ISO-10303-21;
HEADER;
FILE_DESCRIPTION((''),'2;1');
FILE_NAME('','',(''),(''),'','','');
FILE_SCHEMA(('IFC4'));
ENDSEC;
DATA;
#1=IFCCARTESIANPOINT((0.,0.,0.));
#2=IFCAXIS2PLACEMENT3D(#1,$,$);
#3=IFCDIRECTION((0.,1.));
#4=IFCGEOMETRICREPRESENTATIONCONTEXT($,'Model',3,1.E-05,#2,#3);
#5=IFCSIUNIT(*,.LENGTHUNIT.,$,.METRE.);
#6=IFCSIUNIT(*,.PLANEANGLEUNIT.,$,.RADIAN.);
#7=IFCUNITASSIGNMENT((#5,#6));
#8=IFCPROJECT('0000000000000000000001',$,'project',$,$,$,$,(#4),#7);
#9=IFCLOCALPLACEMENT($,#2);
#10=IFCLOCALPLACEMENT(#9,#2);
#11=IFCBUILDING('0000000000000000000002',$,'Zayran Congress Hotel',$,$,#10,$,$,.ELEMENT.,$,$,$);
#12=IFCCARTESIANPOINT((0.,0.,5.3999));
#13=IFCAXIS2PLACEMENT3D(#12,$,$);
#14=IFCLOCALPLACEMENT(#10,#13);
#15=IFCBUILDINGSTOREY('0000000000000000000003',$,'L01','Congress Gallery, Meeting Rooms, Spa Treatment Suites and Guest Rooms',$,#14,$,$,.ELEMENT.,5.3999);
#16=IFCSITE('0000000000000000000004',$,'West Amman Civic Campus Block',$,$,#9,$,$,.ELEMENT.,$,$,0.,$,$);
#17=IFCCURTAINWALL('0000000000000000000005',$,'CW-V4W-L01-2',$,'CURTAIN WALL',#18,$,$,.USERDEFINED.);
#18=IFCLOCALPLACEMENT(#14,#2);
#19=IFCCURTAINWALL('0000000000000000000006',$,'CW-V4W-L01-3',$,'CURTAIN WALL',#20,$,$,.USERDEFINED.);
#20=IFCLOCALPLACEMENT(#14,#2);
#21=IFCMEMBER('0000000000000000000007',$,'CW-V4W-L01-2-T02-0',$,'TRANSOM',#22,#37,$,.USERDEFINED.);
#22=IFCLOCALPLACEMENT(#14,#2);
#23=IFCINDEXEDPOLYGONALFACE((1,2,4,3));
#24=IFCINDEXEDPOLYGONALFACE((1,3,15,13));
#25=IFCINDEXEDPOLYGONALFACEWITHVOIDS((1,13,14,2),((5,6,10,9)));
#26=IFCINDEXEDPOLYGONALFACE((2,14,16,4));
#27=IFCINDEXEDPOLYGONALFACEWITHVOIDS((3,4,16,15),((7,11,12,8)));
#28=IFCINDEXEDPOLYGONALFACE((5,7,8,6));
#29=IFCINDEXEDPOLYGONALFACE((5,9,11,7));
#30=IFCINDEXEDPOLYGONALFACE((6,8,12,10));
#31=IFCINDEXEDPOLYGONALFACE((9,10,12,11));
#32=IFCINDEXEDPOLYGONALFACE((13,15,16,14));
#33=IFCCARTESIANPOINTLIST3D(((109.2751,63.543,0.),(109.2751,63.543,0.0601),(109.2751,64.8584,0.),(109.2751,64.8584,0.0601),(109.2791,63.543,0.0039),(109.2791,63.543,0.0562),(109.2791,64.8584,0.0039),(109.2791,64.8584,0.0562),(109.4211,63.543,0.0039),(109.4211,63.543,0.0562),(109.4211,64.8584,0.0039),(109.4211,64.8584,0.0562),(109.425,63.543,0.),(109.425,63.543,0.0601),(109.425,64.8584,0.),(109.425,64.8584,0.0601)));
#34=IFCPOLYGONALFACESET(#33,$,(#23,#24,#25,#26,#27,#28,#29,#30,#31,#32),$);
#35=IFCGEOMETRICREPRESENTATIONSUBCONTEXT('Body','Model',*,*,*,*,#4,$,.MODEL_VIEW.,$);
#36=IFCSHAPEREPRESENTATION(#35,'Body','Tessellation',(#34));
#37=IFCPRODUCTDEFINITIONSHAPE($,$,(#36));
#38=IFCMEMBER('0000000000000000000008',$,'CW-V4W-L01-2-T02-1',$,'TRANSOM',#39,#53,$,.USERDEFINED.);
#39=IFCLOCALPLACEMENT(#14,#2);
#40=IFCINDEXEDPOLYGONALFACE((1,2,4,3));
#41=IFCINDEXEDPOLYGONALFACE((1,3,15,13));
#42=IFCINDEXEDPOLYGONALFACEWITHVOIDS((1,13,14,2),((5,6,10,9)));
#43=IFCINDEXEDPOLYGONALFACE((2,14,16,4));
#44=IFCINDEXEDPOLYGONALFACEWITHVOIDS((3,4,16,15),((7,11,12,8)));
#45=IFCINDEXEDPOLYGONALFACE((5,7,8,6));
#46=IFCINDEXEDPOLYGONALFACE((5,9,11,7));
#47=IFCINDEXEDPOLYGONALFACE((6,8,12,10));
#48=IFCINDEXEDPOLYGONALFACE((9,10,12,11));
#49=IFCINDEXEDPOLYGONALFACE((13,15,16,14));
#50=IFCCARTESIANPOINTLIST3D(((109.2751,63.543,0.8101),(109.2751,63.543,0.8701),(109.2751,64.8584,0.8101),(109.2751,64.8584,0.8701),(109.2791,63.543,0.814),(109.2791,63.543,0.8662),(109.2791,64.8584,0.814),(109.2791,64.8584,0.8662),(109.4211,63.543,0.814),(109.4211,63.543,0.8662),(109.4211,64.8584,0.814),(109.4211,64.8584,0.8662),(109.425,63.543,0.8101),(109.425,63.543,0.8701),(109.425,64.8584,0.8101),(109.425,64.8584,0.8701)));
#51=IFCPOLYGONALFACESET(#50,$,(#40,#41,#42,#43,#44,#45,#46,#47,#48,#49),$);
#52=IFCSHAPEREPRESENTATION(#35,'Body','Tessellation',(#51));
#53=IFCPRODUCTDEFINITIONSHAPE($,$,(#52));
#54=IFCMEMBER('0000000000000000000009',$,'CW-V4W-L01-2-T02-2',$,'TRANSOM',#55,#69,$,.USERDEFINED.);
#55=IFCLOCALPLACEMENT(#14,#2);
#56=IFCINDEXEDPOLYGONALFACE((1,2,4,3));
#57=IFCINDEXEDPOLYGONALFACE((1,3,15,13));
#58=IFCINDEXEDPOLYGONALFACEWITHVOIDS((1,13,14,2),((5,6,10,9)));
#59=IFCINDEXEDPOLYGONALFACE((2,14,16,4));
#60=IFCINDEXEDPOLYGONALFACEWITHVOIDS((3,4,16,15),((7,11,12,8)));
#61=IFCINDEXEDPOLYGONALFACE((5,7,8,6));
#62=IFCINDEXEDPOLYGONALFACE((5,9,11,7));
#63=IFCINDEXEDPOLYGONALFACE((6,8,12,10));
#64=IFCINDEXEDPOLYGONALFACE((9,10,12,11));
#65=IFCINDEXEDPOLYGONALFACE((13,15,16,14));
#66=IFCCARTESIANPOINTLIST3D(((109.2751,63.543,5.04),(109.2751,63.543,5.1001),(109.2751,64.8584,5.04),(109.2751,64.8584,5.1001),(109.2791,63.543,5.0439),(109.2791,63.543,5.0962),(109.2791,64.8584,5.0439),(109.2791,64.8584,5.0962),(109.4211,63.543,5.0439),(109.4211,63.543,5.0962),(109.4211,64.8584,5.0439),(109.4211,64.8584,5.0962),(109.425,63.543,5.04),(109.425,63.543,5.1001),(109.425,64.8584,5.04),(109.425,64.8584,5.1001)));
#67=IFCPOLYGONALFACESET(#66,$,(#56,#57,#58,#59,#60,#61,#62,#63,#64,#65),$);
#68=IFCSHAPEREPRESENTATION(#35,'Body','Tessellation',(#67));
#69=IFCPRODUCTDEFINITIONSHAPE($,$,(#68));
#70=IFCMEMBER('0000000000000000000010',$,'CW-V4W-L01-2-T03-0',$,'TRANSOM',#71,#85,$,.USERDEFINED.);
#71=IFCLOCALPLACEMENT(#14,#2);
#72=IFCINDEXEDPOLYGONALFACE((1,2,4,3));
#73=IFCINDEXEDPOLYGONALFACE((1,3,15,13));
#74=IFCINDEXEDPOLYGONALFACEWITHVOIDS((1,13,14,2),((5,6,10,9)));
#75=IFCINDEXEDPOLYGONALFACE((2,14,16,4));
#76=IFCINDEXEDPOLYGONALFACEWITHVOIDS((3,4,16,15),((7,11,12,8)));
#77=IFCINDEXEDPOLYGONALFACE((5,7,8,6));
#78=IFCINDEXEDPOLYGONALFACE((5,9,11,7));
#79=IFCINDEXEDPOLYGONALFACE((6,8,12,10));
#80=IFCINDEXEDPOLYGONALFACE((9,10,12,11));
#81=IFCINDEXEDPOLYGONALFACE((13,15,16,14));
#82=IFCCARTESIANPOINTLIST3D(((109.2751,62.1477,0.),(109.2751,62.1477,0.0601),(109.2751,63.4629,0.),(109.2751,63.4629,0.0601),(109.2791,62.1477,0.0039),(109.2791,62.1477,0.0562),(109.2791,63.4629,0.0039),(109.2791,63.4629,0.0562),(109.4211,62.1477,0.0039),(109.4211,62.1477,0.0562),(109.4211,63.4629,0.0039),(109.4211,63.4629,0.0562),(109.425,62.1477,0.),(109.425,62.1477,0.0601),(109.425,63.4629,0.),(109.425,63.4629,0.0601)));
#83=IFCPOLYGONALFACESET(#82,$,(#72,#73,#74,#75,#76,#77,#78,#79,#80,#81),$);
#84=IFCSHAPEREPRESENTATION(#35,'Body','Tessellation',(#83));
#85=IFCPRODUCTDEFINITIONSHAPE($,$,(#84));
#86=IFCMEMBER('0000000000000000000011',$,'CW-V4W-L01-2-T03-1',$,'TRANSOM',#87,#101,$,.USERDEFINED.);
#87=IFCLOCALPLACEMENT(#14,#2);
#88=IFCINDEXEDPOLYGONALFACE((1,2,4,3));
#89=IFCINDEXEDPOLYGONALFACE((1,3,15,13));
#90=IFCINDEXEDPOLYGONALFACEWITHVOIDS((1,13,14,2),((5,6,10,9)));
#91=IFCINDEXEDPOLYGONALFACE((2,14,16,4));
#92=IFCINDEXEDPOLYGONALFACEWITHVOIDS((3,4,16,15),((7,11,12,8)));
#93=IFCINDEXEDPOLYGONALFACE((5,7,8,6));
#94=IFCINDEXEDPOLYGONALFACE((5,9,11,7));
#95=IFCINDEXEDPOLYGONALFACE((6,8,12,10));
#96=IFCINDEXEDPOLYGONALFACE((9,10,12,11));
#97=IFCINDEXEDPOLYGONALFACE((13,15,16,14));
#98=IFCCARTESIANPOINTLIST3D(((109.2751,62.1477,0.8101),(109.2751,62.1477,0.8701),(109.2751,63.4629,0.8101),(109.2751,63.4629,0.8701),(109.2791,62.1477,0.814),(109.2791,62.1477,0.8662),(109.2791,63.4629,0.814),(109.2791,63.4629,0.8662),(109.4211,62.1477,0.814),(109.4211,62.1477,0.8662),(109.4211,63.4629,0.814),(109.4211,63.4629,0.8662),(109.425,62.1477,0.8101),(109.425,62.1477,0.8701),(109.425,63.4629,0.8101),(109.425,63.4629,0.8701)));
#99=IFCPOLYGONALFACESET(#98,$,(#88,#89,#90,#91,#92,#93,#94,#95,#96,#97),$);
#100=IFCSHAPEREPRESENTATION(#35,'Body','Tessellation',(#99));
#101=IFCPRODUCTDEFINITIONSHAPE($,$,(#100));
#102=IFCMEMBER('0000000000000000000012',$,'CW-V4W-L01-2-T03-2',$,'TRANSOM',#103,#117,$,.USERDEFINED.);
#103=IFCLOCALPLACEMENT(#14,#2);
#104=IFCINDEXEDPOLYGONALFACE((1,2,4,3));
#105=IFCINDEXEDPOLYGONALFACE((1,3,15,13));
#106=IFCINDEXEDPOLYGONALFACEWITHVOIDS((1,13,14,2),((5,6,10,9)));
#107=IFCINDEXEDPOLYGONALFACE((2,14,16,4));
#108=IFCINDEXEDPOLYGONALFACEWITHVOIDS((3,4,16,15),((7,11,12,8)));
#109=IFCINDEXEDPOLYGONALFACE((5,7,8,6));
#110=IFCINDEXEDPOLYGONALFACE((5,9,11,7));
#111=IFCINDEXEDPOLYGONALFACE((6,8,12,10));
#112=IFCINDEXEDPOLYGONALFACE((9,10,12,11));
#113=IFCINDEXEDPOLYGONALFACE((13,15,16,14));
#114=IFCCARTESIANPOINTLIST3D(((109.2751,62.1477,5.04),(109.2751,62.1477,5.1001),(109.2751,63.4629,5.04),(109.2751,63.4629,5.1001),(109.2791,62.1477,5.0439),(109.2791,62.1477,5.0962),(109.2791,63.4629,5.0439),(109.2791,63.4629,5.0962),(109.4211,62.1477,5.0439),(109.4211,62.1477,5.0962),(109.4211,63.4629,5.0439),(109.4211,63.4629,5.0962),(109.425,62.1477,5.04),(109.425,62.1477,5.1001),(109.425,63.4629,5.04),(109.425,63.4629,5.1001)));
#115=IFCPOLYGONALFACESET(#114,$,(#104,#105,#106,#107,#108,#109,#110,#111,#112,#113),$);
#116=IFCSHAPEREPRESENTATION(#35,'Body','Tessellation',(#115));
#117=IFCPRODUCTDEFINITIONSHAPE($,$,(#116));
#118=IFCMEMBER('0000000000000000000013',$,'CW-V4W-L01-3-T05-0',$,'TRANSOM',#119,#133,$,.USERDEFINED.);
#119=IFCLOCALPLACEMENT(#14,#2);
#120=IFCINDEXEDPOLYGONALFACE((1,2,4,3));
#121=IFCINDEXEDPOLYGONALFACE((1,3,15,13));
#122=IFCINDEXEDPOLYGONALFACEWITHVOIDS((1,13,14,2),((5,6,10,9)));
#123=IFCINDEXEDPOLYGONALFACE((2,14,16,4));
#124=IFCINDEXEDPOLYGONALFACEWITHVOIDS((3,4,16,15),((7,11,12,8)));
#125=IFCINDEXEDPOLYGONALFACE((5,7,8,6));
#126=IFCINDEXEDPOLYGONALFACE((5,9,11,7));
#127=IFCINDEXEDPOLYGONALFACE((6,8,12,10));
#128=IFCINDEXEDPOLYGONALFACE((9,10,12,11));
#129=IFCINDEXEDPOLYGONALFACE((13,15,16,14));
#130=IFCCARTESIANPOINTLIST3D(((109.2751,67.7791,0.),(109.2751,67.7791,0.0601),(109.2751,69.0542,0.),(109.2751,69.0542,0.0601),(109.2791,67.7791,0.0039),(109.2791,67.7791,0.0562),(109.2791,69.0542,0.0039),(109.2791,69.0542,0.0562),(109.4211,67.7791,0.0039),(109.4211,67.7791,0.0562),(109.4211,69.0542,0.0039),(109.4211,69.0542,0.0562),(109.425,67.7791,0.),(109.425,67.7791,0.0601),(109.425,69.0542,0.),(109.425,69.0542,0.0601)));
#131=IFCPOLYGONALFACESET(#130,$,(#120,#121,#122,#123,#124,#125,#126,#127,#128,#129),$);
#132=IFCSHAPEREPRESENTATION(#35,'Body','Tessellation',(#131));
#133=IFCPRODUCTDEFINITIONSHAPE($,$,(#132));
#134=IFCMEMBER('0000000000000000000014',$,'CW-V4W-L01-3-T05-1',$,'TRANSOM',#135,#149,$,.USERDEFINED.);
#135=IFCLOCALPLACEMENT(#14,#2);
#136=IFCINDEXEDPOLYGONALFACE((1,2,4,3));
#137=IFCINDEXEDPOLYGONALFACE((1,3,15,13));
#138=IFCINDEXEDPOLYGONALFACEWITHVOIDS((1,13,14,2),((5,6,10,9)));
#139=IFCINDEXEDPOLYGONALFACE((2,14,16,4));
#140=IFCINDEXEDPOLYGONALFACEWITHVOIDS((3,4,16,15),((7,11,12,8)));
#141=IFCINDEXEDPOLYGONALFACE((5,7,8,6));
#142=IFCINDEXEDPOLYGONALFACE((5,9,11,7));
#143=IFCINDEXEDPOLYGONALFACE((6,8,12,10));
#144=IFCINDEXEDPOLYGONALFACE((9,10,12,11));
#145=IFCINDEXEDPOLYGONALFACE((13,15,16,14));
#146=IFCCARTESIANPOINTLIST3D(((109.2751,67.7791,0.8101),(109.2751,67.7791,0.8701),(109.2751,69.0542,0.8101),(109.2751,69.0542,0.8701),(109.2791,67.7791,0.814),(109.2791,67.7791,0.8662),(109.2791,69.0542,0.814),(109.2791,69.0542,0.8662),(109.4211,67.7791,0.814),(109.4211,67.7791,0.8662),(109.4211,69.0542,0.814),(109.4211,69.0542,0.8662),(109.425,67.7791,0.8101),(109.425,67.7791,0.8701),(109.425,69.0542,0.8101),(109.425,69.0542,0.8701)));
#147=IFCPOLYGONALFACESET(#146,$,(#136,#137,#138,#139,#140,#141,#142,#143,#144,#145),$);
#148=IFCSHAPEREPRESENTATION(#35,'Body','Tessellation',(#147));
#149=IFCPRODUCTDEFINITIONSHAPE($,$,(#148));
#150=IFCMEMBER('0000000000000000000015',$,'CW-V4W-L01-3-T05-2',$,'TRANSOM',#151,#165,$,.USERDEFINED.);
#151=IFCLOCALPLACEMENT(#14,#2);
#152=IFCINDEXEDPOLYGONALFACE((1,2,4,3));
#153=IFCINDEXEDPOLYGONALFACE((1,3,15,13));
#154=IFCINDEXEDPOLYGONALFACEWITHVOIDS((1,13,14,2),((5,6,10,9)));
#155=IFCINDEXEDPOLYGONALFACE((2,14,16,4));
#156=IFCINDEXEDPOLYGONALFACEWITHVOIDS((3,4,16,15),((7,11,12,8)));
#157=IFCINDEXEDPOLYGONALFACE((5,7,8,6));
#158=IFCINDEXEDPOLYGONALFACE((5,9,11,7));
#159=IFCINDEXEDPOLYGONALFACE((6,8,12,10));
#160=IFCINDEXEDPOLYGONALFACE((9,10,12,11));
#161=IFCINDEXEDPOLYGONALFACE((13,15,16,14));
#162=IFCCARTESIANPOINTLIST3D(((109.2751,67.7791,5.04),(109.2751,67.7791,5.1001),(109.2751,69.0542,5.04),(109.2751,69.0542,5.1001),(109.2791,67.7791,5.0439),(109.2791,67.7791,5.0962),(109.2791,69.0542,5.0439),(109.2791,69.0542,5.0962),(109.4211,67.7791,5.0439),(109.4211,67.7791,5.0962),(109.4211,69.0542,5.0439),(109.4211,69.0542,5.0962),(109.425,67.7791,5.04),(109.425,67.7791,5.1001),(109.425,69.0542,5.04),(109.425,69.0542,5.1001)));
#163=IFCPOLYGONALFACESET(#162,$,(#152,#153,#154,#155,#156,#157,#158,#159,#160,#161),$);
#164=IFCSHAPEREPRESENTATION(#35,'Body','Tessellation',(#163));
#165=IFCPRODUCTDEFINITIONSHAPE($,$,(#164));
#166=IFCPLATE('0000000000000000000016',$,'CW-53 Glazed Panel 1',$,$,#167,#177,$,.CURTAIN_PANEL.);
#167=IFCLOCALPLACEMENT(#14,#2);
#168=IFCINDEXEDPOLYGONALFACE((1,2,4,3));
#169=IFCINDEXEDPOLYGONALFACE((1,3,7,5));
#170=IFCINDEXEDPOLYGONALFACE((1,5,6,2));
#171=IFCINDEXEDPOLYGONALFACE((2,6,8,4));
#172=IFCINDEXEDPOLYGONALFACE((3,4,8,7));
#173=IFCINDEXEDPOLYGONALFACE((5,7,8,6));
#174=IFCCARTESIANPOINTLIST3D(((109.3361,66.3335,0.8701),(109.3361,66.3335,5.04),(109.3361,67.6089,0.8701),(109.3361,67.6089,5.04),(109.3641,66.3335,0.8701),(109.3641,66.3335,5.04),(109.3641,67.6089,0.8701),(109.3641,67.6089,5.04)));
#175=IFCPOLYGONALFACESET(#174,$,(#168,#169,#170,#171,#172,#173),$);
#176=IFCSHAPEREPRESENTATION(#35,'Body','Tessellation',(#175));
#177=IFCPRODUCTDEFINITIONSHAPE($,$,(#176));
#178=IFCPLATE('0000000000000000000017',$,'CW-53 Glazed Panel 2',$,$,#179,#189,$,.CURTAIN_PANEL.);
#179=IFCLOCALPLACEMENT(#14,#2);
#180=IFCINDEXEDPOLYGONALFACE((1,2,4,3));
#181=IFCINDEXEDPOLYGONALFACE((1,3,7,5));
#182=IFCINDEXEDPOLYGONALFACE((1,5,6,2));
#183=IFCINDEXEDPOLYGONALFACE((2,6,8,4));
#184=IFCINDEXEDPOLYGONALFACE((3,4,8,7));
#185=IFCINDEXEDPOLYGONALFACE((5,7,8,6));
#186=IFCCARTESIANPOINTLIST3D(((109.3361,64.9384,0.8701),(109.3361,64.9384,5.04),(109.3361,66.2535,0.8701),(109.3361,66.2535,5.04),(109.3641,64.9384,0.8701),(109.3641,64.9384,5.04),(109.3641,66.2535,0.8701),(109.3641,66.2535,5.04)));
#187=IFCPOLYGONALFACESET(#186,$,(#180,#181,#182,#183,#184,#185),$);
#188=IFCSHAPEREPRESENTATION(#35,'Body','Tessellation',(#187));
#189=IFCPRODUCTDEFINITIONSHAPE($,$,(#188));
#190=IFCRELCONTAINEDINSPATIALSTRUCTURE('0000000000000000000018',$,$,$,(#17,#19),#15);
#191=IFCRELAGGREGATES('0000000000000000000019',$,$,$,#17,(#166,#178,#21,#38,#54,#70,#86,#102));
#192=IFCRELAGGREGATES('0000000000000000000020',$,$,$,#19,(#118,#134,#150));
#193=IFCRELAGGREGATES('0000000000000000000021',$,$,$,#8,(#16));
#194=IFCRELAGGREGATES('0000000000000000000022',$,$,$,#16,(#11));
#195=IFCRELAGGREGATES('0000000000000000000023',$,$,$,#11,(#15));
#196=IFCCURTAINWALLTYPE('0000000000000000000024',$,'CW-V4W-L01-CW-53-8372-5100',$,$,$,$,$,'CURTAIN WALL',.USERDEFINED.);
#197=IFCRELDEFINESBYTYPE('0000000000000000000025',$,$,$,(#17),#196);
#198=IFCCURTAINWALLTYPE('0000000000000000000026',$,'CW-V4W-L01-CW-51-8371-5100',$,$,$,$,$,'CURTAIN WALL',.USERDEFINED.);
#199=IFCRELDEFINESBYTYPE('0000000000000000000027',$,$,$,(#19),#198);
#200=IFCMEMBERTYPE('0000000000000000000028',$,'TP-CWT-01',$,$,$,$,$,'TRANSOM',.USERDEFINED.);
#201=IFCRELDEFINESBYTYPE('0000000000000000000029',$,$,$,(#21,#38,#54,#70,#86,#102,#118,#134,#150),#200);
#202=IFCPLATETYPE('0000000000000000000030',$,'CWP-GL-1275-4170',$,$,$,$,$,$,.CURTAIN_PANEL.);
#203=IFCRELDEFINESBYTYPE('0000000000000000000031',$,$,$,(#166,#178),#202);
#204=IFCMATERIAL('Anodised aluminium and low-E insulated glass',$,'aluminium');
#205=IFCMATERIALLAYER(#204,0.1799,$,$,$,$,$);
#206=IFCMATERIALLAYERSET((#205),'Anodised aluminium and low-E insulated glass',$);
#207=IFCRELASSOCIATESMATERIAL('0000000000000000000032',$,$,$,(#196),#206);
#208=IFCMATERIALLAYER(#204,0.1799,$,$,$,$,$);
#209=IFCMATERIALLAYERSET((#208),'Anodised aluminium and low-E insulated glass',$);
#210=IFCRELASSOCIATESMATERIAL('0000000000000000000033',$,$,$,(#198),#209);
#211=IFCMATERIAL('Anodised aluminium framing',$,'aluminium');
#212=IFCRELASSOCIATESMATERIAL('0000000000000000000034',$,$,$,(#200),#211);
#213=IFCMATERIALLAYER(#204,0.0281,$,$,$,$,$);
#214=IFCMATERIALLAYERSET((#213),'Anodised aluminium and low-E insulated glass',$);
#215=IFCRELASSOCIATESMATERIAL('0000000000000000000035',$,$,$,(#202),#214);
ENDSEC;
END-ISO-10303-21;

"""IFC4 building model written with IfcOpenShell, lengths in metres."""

from ifc_helpers import new_model, si_unit, direction, frame, origin, origin_2d, place, context, subcontext, project, spatial, rectangle, hollow_rectangle, extrude, material, layer, layer_set, material_profile, profile_set, type_object, element, aggregate, save


model = new_model("IFC4")

# Units and contexts
model_context = context("Model", 3, precision=1e-05, world=origin(), true_north=direction((0.0, 1.0)))
body_context = subcontext(model_context, "Body", "Model", "MODEL_VIEW")
ifc_project = project(units=[si_unit("LENGTHUNIT", "METRE"), si_unit("PLANEANGLEUNIT", "RADIAN")], contexts=[model_context])

# Site, building, storey
site_placement = place(None, origin())
site = spatial("IfcSite", under=ifc_project, at=site_placement, Name="West Amman Civic Campus Block", CompositionType="ELEMENT", RefElevation=0.0)
building_placement = place(site_placement, origin())
building = spatial("IfcBuilding", under=site, at=building_placement, Name="Zayran Congress Hotel", CompositionType="ELEMENT")
storey_placement = place(building_placement, frame((0.0, 0.0, 5.3999)))
storey = spatial("IfcBuildingStorey", under=building, at=storey_placement, Name="L01", Description="Congress Gallery, Meeting Rooms, Spa Treatment Suites and Guest Rooms", CompositionType="ELEMENT", Elevation=5.3999)

# Curtain wall
ifc_material_1 = material(Name="Anodised aluminium and low-E insulated glass", Category="aluminium")
ifc_layer_1 = layer(ifc_material_1, 0.1799)
ifc_layer_set_1 = layer_set([ifc_layer_1], Name="Anodised aluminium and low-E insulated glass")
curtain_wall_type_1 = type_object("IfcCurtainWallType", Name="CW-V4W-L01-CW-53-8372-5100", ElementType="CURTAIN WALL", PredefinedType="USERDEFINED", material=ifc_layer_set_1)
curtain_wall_1_placement = place(storey_placement, origin())
curtain_wall_1 = element("IfcCurtainWall", 1, at=curtain_wall_1_placement, inside=storey, type_object=curtain_wall_type_1, Name="CW-V4W-L01-2", ObjectType="CURTAIN WALL", PredefinedType="USERDEFINED")
ifc_material_2 = material(Name="Anodised aluminium framing", Category="aluminium")

# Curtain wall
ifc_layer_2 = layer(ifc_material_1, 0.1799)
ifc_layer_set_2 = layer_set([ifc_layer_2], Name="Anodised aluminium and low-E insulated glass")
curtain_wall_type_2 = type_object("IfcCurtainWallType", Name="CW-V4W-L01-CW-51-8371-5100", ElementType="CURTAIN WALL", PredefinedType="USERDEFINED", material=ifc_layer_set_2)
curtain_wall_2_placement = place(storey_placement, origin())
curtain_wall_2 = element("IfcCurtainWall", 2, at=curtain_wall_2_placement, inside=storey, type_object=curtain_wall_type_2, Name="CW-V4W-L01-3", ObjectType="CURTAIN WALL", PredefinedType="USERDEFINED")

# Members
ifc_material_profile_1 = material_profile(ifc_material_2, hollow_rectangle(XDim=0.0601, YDim=0.1499, WallThickness=0.0039, at=origin_2d()), Name="RHS 150x60x4")
ifc_profile_set_1 = profile_set([ifc_material_profile_1], Name="Anodised aluminium framing")
member_type_1 = type_object("IfcMemberType", Name="TP-CWT-01", ElementType="TRANSOM", PredefinedType="USERDEFINED", material=ifc_profile_set_1)
member_1_placement = place(storey_placement, frame((109.3501, 64.8584, 0.03), z_axis=(0.0, -1.0, 0.0), x_axis=(0.0, 0.0, 1.0)))
member_1 = element("IfcMember", 3, at=member_1_placement, type_object=member_type_1, Name="CW-V4W-L01-2-T02-0", ObjectType="TRANSOM", PredefinedType="USERDEFINED", context=body_context, shape_type="SweptSolid", body=[
    extrude(hollow_rectangle(XDim=0.0601, YDim=0.1499, WallThickness=0.0039, at=origin_2d()), origin(), (0.0, 0.0, 1.0), 1.3154),
])
member_2_placement = place(storey_placement, frame((109.3501, 64.8584, 0.8401), z_axis=(0.0, -1.0, 0.0), x_axis=(0.0, 0.0, 1.0)))
member_2 = element("IfcMember", 4, at=member_2_placement, type_object=member_type_1, Name="CW-V4W-L01-2-T02-1", ObjectType="TRANSOM", PredefinedType="USERDEFINED", context=body_context, shape_type="SweptSolid", body=[
    extrude(hollow_rectangle(XDim=0.0601, YDim=0.1499, WallThickness=0.0039, at=origin_2d()), origin(), (0.0, 0.0, 1.0), 1.3154),
])
member_3_placement = place(storey_placement, frame((109.3501, 64.8584, 5.0701), z_axis=(0.0, -1.0, 0.0), x_axis=(0.0, 0.0, 1.0)))
member_3 = element("IfcMember", 5, at=member_3_placement, type_object=member_type_1, Name="CW-V4W-L01-2-T02-2", ObjectType="TRANSOM", PredefinedType="USERDEFINED", context=body_context, shape_type="SweptSolid", body=[
    extrude(hollow_rectangle(XDim=0.0601, YDim=0.1499, WallThickness=0.0039, at=origin_2d()), origin(), (0.0, 0.0, 1.0), 1.3154),
])
member_4_placement = place(storey_placement, frame((109.3501, 63.4629, 0.03), z_axis=(0.0, -1.0, 0.0), x_axis=(0.0, 0.0, 1.0)))
member_4 = element("IfcMember", 6, at=member_4_placement, type_object=member_type_1, Name="CW-V4W-L01-2-T03-0", ObjectType="TRANSOM", PredefinedType="USERDEFINED", context=body_context, shape_type="SweptSolid", body=[
    extrude(hollow_rectangle(XDim=0.0601, YDim=0.1499, WallThickness=0.0039, at=origin_2d()), origin(), (0.0, 0.0, 1.0), 1.3152),
])
member_5_placement = place(storey_placement, frame((109.3501, 63.4629, 0.8401), z_axis=(0.0, -1.0, 0.0), x_axis=(0.0, 0.0, 1.0)))
member_5 = element("IfcMember", 7, at=member_5_placement, type_object=member_type_1, Name="CW-V4W-L01-2-T03-1", ObjectType="TRANSOM", PredefinedType="USERDEFINED", context=body_context, shape_type="SweptSolid", body=[
    extrude(hollow_rectangle(XDim=0.0601, YDim=0.1499, WallThickness=0.0039, at=origin_2d()), origin(), (0.0, 0.0, 1.0), 1.3152),
])
member_6_placement = place(storey_placement, frame((109.3501, 63.4629, 5.0701), z_axis=(0.0, -1.0, 0.0), x_axis=(0.0, 0.0, 1.0)))
member_6 = element("IfcMember", 8, at=member_6_placement, type_object=member_type_1, Name="CW-V4W-L01-2-T03-2", ObjectType="TRANSOM", PredefinedType="USERDEFINED", context=body_context, shape_type="SweptSolid", body=[
    extrude(hollow_rectangle(XDim=0.0601, YDim=0.1499, WallThickness=0.0039, at=origin_2d()), origin(), (0.0, 0.0, 1.0), 1.3152),
])
member_7_placement = place(storey_placement, frame((109.3501, 69.0542, 0.03), z_axis=(0.0, -1.0, 0.0), x_axis=(0.0, 0.0, 1.0)))
member_7 = element("IfcMember", 9, at=member_7_placement, type_object=member_type_1, Name="CW-V4W-L01-3-T05-0", ObjectType="TRANSOM", PredefinedType="USERDEFINED", context=body_context, shape_type="SweptSolid", body=[
    extrude(hollow_rectangle(XDim=0.0601, YDim=0.1499, WallThickness=0.0039, at=origin_2d()), origin(), (0.0, 0.0, 1.0), 1.2751),
])
member_8_placement = place(storey_placement, frame((109.3501, 69.0542, 0.8401), z_axis=(0.0, -1.0, 0.0), x_axis=(0.0, 0.0, 1.0)))
member_8 = element("IfcMember", 10, at=member_8_placement, type_object=member_type_1, Name="CW-V4W-L01-3-T05-1", ObjectType="TRANSOM", PredefinedType="USERDEFINED", context=body_context, shape_type="SweptSolid", body=[
    extrude(hollow_rectangle(XDim=0.0601, YDim=0.1499, WallThickness=0.0039, at=origin_2d()), origin(), (0.0, 0.0, 1.0), 1.2751),
])
member_9_placement = place(storey_placement, frame((109.3501, 69.0542, 5.0701), z_axis=(0.0, -1.0, 0.0), x_axis=(0.0, 0.0, 1.0)))
member_9 = element("IfcMember", 11, at=member_9_placement, type_object=member_type_1, Name="CW-V4W-L01-3-T05-2", ObjectType="TRANSOM", PredefinedType="USERDEFINED", context=body_context, shape_type="SweptSolid", body=[
    extrude(hollow_rectangle(XDim=0.0601, YDim=0.1499, WallThickness=0.0039, at=origin_2d()), origin(), (0.0, 0.0, 1.0), 1.2751),
])

# Plates
ifc_layer_3 = layer(ifc_material_1, 0.0281)
ifc_layer_set_3 = layer_set([ifc_layer_3], Name="Anodised aluminium and low-E insulated glass")
plate_type_1 = type_object("IfcPlateType", Name="CWP-GL-1275-4170", PredefinedType="CURTAIN_PANEL", material=ifc_layer_set_3)
plate_1_placement = place(storey_placement, frame((109.3501, 66.9712, 0.8701), z_axis=(0.0, 0.0, 1.0), x_axis=(0.0, 1.0, 0.0)))
plate_1 = element("IfcPlate", 12, at=plate_1_placement, type_object=plate_type_1, Name="CW-53 Glazed Panel 1", PredefinedType="CURTAIN_PANEL", context=body_context, shape_type="SweptSolid", body=[
    extrude(rectangle(XDim=1.2754, YDim=0.0281, at=origin_2d()), origin(), (0.0, 0.0, 1.0), 4.1699),
])
plate_2_placement = place(storey_placement, frame((109.3501, 65.5959, 0.8701), z_axis=(0.0, 0.0, 1.0), x_axis=(0.0, 1.0, 0.0)))
plate_2 = element("IfcPlate", 13, at=plate_2_placement, type_object=plate_type_1, Name="CW-53 Glazed Panel 2", PredefinedType="CURTAIN_PANEL", context=body_context, shape_type="SweptSolid", body=[
    extrude(rectangle(XDim=1.3152, YDim=0.0281, at=origin_2d()), origin(), (0.0, 0.0, 1.0), 4.1699),
])
aggregate(curtain_wall_1, [plate_1, plate_2, member_1, member_2, member_3, member_4, member_5, member_6])
aggregate(curtain_wall_2, [member_7, member_8, member_9])

save(model, "model.ifc")
